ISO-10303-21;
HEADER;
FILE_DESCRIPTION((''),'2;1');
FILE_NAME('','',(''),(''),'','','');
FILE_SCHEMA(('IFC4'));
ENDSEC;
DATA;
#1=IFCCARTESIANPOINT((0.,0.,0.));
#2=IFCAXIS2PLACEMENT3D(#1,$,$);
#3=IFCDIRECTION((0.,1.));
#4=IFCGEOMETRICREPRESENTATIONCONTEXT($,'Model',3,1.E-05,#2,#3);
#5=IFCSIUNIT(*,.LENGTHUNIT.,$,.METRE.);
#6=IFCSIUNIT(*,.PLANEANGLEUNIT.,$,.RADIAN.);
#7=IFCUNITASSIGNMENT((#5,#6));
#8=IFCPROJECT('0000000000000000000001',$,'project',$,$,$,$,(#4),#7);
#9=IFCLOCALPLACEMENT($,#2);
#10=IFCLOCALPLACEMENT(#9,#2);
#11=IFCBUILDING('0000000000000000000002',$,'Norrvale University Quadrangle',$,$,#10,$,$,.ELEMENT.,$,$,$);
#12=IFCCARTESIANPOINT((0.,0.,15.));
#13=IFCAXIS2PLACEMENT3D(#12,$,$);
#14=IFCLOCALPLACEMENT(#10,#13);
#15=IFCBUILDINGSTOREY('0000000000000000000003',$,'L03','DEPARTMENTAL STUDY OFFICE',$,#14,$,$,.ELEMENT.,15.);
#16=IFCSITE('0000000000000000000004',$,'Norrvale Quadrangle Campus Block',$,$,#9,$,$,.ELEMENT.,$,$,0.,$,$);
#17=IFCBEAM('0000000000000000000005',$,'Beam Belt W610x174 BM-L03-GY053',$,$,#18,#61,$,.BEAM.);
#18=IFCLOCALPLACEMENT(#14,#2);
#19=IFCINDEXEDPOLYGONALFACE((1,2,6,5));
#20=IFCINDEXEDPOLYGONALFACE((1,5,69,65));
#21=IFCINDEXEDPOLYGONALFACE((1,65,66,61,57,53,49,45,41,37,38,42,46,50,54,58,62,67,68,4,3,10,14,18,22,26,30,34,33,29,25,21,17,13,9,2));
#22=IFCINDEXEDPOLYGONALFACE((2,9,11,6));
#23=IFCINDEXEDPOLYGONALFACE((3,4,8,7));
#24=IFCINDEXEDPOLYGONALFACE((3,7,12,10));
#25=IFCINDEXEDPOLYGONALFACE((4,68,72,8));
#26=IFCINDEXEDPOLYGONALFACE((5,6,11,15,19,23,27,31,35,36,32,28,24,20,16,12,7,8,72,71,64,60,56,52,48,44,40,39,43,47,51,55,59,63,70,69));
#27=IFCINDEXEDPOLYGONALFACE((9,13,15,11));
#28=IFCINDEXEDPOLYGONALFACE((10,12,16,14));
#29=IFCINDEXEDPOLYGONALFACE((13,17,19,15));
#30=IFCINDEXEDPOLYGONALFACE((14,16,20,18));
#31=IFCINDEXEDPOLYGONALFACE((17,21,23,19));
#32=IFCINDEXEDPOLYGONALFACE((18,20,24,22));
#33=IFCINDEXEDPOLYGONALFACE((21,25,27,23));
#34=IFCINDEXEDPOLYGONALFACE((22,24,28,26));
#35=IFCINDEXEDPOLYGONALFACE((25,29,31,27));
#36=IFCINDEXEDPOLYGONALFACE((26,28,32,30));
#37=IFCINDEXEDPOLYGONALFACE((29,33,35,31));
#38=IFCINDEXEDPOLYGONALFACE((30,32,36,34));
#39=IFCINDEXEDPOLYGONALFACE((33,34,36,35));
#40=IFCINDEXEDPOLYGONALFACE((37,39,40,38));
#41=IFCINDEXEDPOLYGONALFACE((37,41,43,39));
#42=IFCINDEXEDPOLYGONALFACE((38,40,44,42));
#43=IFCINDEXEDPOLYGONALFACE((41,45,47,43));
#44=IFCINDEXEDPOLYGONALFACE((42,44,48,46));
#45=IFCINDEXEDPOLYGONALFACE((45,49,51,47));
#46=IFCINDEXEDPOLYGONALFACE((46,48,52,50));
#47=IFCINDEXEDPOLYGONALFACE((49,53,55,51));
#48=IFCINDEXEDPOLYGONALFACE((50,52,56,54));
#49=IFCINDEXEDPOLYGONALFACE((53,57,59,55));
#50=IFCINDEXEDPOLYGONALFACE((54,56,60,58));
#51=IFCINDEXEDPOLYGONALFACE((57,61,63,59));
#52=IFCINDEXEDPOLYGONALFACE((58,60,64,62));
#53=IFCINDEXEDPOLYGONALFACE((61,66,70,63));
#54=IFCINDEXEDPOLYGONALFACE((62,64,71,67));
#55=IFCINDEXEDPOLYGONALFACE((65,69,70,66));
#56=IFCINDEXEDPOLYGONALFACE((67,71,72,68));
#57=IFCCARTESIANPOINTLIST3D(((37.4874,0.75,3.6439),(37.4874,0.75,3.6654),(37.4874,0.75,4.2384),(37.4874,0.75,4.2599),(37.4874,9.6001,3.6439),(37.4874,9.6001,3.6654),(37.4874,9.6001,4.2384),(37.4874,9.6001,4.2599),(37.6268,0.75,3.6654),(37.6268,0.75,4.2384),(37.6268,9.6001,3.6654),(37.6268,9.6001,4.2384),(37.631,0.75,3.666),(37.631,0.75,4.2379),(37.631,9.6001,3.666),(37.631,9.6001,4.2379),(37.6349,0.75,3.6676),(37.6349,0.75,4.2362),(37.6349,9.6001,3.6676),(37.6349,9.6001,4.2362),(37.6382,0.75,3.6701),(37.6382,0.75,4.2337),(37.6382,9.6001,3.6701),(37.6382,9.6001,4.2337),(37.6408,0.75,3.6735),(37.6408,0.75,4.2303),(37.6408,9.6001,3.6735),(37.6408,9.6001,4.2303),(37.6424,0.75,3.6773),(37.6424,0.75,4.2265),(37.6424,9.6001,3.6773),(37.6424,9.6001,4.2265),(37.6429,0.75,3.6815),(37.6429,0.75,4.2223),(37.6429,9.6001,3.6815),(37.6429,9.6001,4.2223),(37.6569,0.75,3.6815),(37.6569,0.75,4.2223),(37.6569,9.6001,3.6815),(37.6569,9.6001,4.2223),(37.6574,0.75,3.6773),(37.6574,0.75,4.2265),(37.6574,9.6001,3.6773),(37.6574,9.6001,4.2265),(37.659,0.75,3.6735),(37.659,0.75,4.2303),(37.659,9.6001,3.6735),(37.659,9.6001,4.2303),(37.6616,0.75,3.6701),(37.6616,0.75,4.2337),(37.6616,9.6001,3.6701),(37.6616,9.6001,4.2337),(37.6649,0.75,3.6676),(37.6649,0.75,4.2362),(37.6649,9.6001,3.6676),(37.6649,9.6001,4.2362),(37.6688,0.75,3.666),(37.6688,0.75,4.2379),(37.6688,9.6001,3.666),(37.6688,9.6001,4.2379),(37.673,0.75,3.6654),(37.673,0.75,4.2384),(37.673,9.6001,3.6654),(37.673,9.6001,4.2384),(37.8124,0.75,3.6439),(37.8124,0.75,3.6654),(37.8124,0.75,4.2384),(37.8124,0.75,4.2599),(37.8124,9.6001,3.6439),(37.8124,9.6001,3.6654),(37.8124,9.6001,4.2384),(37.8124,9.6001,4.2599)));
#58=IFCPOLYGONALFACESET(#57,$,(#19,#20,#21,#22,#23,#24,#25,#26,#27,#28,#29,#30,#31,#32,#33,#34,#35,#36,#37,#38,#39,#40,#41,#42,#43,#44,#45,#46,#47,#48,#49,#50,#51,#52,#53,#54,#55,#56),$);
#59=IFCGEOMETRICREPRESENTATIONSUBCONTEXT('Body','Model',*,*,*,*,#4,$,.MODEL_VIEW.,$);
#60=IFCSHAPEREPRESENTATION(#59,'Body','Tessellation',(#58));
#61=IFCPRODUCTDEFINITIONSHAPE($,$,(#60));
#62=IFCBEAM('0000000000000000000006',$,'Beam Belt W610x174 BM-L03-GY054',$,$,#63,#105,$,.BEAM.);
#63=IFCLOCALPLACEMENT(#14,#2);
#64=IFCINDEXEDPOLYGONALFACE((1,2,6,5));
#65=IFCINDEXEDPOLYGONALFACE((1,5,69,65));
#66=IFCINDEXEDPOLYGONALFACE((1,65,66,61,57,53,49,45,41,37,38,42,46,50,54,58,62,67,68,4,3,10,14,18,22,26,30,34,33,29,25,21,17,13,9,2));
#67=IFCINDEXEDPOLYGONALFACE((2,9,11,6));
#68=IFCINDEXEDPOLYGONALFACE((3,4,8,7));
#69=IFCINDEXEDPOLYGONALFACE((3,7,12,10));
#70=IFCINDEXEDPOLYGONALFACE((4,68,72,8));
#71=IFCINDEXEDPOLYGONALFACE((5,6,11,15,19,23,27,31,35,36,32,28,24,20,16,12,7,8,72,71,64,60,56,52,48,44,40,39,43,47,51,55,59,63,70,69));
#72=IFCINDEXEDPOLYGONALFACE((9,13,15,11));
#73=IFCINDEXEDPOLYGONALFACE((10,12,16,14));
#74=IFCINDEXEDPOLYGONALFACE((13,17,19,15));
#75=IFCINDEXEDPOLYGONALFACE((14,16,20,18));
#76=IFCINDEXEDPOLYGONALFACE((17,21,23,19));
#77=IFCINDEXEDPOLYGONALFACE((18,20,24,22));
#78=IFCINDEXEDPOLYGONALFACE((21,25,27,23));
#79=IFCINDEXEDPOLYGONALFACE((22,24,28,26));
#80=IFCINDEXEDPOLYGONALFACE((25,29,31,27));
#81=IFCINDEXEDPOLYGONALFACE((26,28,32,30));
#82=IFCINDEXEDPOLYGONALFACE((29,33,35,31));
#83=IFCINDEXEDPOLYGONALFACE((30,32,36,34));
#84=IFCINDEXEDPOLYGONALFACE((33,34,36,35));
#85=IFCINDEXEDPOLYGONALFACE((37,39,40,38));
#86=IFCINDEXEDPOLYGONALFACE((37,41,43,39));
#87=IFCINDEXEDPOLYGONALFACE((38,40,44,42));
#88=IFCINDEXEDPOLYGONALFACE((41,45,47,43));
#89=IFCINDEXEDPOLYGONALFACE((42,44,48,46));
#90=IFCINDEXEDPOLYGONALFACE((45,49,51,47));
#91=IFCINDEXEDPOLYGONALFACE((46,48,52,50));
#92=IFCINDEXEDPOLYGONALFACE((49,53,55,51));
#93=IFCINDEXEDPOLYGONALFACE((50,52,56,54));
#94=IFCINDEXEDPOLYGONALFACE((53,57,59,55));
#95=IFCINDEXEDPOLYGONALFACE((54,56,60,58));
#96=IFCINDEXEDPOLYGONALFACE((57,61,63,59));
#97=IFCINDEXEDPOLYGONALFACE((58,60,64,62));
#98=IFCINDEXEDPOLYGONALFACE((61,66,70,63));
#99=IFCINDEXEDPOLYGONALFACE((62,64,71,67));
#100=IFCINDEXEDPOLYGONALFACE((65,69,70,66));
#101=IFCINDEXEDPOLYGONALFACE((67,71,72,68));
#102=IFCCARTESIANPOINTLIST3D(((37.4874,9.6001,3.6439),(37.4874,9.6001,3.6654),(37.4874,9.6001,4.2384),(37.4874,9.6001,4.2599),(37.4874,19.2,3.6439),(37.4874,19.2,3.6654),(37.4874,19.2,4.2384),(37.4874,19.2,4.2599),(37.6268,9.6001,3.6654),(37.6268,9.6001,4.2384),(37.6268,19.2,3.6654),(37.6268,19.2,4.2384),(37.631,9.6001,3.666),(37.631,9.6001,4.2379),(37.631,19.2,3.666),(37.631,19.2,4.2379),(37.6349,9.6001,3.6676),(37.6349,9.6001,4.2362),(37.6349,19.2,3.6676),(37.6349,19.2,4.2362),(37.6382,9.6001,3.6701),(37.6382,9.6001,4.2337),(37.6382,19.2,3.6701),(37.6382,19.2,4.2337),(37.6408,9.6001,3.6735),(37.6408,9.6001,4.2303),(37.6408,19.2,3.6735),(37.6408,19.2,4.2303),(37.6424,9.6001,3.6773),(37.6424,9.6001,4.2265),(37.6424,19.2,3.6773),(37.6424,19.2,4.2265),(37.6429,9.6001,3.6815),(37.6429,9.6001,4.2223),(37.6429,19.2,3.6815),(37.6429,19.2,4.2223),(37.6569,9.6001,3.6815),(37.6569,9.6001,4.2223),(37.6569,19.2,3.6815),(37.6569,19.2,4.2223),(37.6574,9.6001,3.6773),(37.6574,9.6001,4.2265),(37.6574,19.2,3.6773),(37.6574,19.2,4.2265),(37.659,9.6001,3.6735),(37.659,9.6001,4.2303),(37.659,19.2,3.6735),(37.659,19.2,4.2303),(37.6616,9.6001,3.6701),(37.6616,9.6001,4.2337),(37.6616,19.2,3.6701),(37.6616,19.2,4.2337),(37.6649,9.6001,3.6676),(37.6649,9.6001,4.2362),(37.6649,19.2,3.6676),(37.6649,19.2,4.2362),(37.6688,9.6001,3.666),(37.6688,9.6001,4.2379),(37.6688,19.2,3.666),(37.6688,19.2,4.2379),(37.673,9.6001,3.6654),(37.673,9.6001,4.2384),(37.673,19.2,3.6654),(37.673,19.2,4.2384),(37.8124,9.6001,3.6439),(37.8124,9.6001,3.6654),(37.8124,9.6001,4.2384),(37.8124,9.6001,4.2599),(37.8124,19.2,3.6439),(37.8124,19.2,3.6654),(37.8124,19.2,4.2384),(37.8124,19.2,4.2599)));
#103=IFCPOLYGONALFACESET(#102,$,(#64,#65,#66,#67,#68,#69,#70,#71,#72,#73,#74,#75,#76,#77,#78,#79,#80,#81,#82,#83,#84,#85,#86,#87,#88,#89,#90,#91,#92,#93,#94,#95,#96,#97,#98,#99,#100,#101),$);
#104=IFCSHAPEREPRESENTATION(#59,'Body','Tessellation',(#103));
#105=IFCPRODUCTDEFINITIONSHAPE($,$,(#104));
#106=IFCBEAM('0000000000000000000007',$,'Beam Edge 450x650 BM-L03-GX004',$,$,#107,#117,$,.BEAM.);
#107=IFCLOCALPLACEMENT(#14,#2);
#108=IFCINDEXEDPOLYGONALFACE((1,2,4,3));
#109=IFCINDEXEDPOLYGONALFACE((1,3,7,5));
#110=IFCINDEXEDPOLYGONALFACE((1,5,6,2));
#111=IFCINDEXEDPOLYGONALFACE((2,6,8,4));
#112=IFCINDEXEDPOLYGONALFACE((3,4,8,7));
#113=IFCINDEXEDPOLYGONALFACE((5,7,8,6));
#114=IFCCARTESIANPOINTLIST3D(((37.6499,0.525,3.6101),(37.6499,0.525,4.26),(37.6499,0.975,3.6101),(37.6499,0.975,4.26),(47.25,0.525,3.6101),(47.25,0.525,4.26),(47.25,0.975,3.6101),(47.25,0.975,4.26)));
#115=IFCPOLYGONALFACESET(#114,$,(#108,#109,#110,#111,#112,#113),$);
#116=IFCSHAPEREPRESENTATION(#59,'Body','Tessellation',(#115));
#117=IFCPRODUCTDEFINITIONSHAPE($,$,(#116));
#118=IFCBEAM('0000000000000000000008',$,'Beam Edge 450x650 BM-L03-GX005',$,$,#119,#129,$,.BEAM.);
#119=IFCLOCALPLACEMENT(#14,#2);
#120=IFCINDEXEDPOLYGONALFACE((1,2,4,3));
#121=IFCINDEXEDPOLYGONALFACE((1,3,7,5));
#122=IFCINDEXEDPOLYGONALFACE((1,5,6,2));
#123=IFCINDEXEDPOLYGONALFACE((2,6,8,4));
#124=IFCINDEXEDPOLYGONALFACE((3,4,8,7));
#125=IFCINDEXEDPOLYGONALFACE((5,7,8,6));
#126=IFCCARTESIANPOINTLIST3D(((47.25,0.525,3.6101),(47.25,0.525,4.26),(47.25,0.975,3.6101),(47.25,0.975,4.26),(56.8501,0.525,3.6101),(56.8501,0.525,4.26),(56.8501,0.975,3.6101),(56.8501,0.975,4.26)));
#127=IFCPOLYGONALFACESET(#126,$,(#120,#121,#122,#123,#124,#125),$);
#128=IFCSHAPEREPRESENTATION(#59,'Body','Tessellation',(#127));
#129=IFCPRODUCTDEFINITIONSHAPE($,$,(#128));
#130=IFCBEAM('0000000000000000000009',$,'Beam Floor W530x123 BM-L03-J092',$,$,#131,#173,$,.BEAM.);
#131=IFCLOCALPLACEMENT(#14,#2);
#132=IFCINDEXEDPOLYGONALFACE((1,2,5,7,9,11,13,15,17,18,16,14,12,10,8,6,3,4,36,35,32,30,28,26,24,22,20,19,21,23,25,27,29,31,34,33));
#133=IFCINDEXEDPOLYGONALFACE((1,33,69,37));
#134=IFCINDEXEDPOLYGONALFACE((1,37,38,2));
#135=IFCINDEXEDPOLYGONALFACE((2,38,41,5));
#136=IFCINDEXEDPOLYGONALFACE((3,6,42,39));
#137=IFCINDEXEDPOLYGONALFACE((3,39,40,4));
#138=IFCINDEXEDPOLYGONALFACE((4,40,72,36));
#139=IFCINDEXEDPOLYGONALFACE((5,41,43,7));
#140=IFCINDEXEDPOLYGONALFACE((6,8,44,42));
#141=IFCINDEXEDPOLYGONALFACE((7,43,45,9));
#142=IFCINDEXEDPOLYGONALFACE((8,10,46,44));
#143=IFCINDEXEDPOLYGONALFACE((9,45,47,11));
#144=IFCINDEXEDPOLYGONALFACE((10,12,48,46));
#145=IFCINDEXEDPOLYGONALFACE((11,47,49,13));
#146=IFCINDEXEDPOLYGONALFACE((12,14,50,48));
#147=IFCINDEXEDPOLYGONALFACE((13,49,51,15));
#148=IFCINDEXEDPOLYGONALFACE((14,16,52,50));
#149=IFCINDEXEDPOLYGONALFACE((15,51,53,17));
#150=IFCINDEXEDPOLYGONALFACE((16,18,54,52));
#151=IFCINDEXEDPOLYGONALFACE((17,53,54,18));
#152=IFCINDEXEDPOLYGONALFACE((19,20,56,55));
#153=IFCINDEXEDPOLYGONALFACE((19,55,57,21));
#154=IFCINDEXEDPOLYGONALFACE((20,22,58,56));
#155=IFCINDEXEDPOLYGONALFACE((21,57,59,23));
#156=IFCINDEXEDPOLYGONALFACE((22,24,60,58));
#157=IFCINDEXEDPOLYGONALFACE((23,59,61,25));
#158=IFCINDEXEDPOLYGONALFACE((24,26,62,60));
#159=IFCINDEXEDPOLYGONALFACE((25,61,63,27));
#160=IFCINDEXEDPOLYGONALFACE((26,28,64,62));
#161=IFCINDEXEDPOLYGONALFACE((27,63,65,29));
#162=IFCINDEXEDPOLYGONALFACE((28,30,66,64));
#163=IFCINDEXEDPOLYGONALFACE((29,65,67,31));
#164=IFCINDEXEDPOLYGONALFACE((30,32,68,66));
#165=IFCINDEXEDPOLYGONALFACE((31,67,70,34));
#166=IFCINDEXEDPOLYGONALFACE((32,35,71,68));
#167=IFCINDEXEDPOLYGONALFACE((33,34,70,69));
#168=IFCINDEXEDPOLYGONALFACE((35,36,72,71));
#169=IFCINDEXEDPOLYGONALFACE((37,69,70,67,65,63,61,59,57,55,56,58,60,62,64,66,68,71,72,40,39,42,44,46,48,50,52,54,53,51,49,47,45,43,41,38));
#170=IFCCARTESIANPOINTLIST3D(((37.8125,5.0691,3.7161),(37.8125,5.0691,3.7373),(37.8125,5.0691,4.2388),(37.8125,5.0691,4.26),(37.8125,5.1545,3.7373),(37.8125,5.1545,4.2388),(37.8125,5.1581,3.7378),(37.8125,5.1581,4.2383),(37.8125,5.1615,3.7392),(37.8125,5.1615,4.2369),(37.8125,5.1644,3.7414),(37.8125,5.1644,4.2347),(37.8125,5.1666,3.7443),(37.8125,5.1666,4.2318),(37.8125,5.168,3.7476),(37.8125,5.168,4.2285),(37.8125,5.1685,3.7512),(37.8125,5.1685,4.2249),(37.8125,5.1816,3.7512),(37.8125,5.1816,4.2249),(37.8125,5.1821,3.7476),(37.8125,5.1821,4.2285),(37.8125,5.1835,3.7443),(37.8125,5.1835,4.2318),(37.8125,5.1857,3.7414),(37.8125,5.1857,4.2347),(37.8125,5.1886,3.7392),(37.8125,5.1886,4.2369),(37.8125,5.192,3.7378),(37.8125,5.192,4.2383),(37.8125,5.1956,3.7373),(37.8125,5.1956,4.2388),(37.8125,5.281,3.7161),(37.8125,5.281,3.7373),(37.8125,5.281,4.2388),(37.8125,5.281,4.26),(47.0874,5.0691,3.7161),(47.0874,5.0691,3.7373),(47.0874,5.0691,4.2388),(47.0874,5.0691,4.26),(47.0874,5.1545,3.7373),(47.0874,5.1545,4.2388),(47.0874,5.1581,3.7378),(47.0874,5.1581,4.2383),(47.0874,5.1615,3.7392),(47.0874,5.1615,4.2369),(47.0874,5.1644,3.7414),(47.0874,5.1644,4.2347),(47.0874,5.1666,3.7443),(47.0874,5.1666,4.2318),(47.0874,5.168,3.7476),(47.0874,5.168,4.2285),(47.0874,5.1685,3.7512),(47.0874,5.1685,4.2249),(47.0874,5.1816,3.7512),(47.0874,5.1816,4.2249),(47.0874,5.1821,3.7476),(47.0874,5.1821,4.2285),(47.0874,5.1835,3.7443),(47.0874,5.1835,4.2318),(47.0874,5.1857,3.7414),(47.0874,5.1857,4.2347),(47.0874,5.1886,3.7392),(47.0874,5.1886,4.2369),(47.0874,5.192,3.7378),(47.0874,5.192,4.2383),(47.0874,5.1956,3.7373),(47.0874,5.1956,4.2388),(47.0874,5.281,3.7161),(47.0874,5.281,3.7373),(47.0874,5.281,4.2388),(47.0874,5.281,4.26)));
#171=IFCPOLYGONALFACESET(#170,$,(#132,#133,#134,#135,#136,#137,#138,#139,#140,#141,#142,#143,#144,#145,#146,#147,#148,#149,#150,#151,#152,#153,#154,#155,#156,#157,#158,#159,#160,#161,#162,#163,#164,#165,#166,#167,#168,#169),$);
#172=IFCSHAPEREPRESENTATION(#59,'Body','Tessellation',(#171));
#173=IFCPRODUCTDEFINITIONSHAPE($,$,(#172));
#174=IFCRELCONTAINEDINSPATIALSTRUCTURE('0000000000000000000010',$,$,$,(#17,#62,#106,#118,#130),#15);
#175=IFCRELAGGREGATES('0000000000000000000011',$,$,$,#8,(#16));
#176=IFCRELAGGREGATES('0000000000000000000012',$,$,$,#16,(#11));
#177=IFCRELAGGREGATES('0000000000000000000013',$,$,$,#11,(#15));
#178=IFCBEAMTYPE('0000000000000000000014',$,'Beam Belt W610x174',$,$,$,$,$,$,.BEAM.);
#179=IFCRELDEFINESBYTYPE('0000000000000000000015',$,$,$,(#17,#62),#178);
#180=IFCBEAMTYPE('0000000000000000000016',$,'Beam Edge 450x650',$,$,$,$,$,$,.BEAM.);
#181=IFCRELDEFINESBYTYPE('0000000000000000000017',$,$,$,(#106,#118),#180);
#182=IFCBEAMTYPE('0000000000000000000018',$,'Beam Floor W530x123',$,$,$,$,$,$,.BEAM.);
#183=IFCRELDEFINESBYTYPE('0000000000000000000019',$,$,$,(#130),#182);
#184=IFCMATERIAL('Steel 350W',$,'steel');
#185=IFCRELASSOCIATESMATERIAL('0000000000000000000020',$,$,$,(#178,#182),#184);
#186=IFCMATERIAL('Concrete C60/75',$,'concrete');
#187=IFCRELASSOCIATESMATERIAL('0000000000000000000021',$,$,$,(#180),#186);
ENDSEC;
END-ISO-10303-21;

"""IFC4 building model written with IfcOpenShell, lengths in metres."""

from ifc_helpers import new_model, si_unit, direction, frame, origin, origin_2d, place, context, subcontext, project, spatial, rectangle, i_section, extrude, material, material_profile, profile_set, type_object, element, save


model = new_model("IFC4")

# Units and contexts
model_context = context("Model", 3, precision=1e-05, world=origin(), true_north=direction((0.0, 1.0)))
body_context = subcontext(model_context, "Body", "Model", "MODEL_VIEW")
ifc_project = project(units=[si_unit("LENGTHUNIT", "METRE"), si_unit("PLANEANGLEUNIT", "RADIAN")], contexts=[model_context])

# Site, building, storey
site_placement = place(None, origin())
site = spatial("IfcSite", under=ifc_project, at=site_placement, Name="Norrvale Quadrangle Campus Block", CompositionType="ELEMENT", RefElevation=0.0)
building_placement = place(site_placement, origin())
building = spatial("IfcBuilding", under=site, at=building_placement, Name="Norrvale University Quadrangle", CompositionType="ELEMENT")
storey_placement = place(building_placement, frame((0.0, 0.0, 15.0)))
storey = spatial("IfcBuildingStorey", under=building, at=storey_placement, Name="L03", Description="DEPARTMENTAL STUDY OFFICE", CompositionType="ELEMENT", Elevation=15.0)

# Beams
ifc_material_1 = material(Name="Steel 350W", Category="steel")
ifc_material_profile_1 = material_profile(ifc_material_1, i_section(OverallWidth=0.325, OverallDepth=0.616, WebThickness=0.0139, FlangeThickness=0.0215, FilletRadius=0.0161, at=origin_2d()), Name="Steel 350W")
ifc_profile_set_1 = profile_set([ifc_material_profile_1], Name="Steel 350W")
beam_type_1 = type_object("IfcBeamType", Name="Beam Belt W610x174", PredefinedType="BEAM", material=ifc_profile_set_1)
beam_1_placement = place(storey_placement, frame((37.6499, 0.75, 3.9519), z_axis=(0.0, 1.0, 0.0), x_axis=(-1.0, 0.0, 0.0)))
element("IfcBeam", 1, at=beam_1_placement, inside=storey, type_object=beam_type_1, Name="Beam Belt W610x174 BM-L03-GY053", PredefinedType="BEAM", context=body_context, shape_type="SweptSolid", body=[
    extrude(i_section(OverallWidth=0.325, OverallDepth=0.616, WebThickness=0.0139, FlangeThickness=0.0215, FilletRadius=0.0161, at=origin_2d()), origin(), (0.0, 0.0, 1.0), 8.8501),
])
beam_2_placement = place(storey_placement, frame((37.6499, 9.6001, 3.9519), z_axis=(0.0, 1.0, 0.0), x_axis=(-1.0, 0.0, 0.0)))
element("IfcBeam", 2, at=beam_2_placement, inside=storey, type_object=beam_type_1, Name="Beam Belt W610x174 BM-L03-GY054", PredefinedType="BEAM", context=body_context, shape_type="SweptSolid", body=[
    extrude(i_section(OverallWidth=0.325, OverallDepth=0.616, WebThickness=0.0139, FlangeThickness=0.0215, FilletRadius=0.0161, at=origin_2d()), origin(), (0.0, 0.0, 1.0), 9.5999),
])
ifc_material_2 = material(Name="Concrete C60/75", Category="concrete")
ifc_material_profile_2 = material_profile(ifc_material_2, rectangle(XDim=0.45, YDim=0.6499, at=origin_2d()), Name="Concrete C60/75")
ifc_profile_set_2 = profile_set([ifc_material_profile_2], Name="Concrete C60/75")
beam_type_2 = type_object("IfcBeamType", Name="Beam Edge 450x650", PredefinedType="BEAM", material=ifc_profile_set_2)
for number, where, z_axis, x_axis, name in (
    (3, (37.6499, 0.75, 3.9351), (1.0, 0.0, 0.0), (0.0, 1.0, 0.0), "Beam Edge 450x650 BM-L03-GX004"),
    (4, (47.25, 0.75, 3.9351), (1.0, 0.0, 0.0), (0.0, 1.0, 0.0), "Beam Edge 450x650 BM-L03-GX005"),
):
    element("IfcBeam", number, at=place(storey_placement, frame(where, z_axis=z_axis, x_axis=x_axis)), inside=storey, type_object=beam_type_2, Name=name, PredefinedType="BEAM", context=body_context, shape_type="SweptSolid", body=[
        extrude(rectangle(XDim=0.45, YDim=0.6499, at=origin_2d()), origin(), (0.0, 0.0, 1.0), 9.6001),
    ])
ifc_material_profile_3 = material_profile(ifc_material_1, i_section(OverallWidth=0.2119, OverallDepth=0.5439, WebThickness=0.0132, FlangeThickness=0.0212, FilletRadius=0.0139, at=origin_2d()), Name="Steel 350W")
ifc_profile_set_3 = profile_set([ifc_material_profile_3], Name="Steel 350W")
beam_type_3 = type_object("IfcBeamType", Name="Beam Floor W530x123", PredefinedType="BEAM", material=ifc_profile_set_3)
for number, where, z_axis, x_axis, name in (
    (5, (37.8125, 5.175, 3.988), (1.0, 0.0, 0.0), (0.0, 1.0, 0.0), "Beam Floor W530x123 BM-L03-J092"),
):
    element("IfcBeam", number, at=place(storey_placement, frame(where, z_axis=z_axis, x_axis=x_axis)), inside=storey, type_object=beam_type_3, Name=name, PredefinedType="BEAM", context=body_context, shape_type="SweptSolid", body=[
        extrude(i_section(OverallWidth=0.2119, OverallDepth=0.5439, WebThickness=0.0132, FlangeThickness=0.0212, FilletRadius=0.0139, at=origin_2d()), origin(), (0.0, 0.0, 1.0), 9.2749),
    ])

save(model, "model.ifc")
